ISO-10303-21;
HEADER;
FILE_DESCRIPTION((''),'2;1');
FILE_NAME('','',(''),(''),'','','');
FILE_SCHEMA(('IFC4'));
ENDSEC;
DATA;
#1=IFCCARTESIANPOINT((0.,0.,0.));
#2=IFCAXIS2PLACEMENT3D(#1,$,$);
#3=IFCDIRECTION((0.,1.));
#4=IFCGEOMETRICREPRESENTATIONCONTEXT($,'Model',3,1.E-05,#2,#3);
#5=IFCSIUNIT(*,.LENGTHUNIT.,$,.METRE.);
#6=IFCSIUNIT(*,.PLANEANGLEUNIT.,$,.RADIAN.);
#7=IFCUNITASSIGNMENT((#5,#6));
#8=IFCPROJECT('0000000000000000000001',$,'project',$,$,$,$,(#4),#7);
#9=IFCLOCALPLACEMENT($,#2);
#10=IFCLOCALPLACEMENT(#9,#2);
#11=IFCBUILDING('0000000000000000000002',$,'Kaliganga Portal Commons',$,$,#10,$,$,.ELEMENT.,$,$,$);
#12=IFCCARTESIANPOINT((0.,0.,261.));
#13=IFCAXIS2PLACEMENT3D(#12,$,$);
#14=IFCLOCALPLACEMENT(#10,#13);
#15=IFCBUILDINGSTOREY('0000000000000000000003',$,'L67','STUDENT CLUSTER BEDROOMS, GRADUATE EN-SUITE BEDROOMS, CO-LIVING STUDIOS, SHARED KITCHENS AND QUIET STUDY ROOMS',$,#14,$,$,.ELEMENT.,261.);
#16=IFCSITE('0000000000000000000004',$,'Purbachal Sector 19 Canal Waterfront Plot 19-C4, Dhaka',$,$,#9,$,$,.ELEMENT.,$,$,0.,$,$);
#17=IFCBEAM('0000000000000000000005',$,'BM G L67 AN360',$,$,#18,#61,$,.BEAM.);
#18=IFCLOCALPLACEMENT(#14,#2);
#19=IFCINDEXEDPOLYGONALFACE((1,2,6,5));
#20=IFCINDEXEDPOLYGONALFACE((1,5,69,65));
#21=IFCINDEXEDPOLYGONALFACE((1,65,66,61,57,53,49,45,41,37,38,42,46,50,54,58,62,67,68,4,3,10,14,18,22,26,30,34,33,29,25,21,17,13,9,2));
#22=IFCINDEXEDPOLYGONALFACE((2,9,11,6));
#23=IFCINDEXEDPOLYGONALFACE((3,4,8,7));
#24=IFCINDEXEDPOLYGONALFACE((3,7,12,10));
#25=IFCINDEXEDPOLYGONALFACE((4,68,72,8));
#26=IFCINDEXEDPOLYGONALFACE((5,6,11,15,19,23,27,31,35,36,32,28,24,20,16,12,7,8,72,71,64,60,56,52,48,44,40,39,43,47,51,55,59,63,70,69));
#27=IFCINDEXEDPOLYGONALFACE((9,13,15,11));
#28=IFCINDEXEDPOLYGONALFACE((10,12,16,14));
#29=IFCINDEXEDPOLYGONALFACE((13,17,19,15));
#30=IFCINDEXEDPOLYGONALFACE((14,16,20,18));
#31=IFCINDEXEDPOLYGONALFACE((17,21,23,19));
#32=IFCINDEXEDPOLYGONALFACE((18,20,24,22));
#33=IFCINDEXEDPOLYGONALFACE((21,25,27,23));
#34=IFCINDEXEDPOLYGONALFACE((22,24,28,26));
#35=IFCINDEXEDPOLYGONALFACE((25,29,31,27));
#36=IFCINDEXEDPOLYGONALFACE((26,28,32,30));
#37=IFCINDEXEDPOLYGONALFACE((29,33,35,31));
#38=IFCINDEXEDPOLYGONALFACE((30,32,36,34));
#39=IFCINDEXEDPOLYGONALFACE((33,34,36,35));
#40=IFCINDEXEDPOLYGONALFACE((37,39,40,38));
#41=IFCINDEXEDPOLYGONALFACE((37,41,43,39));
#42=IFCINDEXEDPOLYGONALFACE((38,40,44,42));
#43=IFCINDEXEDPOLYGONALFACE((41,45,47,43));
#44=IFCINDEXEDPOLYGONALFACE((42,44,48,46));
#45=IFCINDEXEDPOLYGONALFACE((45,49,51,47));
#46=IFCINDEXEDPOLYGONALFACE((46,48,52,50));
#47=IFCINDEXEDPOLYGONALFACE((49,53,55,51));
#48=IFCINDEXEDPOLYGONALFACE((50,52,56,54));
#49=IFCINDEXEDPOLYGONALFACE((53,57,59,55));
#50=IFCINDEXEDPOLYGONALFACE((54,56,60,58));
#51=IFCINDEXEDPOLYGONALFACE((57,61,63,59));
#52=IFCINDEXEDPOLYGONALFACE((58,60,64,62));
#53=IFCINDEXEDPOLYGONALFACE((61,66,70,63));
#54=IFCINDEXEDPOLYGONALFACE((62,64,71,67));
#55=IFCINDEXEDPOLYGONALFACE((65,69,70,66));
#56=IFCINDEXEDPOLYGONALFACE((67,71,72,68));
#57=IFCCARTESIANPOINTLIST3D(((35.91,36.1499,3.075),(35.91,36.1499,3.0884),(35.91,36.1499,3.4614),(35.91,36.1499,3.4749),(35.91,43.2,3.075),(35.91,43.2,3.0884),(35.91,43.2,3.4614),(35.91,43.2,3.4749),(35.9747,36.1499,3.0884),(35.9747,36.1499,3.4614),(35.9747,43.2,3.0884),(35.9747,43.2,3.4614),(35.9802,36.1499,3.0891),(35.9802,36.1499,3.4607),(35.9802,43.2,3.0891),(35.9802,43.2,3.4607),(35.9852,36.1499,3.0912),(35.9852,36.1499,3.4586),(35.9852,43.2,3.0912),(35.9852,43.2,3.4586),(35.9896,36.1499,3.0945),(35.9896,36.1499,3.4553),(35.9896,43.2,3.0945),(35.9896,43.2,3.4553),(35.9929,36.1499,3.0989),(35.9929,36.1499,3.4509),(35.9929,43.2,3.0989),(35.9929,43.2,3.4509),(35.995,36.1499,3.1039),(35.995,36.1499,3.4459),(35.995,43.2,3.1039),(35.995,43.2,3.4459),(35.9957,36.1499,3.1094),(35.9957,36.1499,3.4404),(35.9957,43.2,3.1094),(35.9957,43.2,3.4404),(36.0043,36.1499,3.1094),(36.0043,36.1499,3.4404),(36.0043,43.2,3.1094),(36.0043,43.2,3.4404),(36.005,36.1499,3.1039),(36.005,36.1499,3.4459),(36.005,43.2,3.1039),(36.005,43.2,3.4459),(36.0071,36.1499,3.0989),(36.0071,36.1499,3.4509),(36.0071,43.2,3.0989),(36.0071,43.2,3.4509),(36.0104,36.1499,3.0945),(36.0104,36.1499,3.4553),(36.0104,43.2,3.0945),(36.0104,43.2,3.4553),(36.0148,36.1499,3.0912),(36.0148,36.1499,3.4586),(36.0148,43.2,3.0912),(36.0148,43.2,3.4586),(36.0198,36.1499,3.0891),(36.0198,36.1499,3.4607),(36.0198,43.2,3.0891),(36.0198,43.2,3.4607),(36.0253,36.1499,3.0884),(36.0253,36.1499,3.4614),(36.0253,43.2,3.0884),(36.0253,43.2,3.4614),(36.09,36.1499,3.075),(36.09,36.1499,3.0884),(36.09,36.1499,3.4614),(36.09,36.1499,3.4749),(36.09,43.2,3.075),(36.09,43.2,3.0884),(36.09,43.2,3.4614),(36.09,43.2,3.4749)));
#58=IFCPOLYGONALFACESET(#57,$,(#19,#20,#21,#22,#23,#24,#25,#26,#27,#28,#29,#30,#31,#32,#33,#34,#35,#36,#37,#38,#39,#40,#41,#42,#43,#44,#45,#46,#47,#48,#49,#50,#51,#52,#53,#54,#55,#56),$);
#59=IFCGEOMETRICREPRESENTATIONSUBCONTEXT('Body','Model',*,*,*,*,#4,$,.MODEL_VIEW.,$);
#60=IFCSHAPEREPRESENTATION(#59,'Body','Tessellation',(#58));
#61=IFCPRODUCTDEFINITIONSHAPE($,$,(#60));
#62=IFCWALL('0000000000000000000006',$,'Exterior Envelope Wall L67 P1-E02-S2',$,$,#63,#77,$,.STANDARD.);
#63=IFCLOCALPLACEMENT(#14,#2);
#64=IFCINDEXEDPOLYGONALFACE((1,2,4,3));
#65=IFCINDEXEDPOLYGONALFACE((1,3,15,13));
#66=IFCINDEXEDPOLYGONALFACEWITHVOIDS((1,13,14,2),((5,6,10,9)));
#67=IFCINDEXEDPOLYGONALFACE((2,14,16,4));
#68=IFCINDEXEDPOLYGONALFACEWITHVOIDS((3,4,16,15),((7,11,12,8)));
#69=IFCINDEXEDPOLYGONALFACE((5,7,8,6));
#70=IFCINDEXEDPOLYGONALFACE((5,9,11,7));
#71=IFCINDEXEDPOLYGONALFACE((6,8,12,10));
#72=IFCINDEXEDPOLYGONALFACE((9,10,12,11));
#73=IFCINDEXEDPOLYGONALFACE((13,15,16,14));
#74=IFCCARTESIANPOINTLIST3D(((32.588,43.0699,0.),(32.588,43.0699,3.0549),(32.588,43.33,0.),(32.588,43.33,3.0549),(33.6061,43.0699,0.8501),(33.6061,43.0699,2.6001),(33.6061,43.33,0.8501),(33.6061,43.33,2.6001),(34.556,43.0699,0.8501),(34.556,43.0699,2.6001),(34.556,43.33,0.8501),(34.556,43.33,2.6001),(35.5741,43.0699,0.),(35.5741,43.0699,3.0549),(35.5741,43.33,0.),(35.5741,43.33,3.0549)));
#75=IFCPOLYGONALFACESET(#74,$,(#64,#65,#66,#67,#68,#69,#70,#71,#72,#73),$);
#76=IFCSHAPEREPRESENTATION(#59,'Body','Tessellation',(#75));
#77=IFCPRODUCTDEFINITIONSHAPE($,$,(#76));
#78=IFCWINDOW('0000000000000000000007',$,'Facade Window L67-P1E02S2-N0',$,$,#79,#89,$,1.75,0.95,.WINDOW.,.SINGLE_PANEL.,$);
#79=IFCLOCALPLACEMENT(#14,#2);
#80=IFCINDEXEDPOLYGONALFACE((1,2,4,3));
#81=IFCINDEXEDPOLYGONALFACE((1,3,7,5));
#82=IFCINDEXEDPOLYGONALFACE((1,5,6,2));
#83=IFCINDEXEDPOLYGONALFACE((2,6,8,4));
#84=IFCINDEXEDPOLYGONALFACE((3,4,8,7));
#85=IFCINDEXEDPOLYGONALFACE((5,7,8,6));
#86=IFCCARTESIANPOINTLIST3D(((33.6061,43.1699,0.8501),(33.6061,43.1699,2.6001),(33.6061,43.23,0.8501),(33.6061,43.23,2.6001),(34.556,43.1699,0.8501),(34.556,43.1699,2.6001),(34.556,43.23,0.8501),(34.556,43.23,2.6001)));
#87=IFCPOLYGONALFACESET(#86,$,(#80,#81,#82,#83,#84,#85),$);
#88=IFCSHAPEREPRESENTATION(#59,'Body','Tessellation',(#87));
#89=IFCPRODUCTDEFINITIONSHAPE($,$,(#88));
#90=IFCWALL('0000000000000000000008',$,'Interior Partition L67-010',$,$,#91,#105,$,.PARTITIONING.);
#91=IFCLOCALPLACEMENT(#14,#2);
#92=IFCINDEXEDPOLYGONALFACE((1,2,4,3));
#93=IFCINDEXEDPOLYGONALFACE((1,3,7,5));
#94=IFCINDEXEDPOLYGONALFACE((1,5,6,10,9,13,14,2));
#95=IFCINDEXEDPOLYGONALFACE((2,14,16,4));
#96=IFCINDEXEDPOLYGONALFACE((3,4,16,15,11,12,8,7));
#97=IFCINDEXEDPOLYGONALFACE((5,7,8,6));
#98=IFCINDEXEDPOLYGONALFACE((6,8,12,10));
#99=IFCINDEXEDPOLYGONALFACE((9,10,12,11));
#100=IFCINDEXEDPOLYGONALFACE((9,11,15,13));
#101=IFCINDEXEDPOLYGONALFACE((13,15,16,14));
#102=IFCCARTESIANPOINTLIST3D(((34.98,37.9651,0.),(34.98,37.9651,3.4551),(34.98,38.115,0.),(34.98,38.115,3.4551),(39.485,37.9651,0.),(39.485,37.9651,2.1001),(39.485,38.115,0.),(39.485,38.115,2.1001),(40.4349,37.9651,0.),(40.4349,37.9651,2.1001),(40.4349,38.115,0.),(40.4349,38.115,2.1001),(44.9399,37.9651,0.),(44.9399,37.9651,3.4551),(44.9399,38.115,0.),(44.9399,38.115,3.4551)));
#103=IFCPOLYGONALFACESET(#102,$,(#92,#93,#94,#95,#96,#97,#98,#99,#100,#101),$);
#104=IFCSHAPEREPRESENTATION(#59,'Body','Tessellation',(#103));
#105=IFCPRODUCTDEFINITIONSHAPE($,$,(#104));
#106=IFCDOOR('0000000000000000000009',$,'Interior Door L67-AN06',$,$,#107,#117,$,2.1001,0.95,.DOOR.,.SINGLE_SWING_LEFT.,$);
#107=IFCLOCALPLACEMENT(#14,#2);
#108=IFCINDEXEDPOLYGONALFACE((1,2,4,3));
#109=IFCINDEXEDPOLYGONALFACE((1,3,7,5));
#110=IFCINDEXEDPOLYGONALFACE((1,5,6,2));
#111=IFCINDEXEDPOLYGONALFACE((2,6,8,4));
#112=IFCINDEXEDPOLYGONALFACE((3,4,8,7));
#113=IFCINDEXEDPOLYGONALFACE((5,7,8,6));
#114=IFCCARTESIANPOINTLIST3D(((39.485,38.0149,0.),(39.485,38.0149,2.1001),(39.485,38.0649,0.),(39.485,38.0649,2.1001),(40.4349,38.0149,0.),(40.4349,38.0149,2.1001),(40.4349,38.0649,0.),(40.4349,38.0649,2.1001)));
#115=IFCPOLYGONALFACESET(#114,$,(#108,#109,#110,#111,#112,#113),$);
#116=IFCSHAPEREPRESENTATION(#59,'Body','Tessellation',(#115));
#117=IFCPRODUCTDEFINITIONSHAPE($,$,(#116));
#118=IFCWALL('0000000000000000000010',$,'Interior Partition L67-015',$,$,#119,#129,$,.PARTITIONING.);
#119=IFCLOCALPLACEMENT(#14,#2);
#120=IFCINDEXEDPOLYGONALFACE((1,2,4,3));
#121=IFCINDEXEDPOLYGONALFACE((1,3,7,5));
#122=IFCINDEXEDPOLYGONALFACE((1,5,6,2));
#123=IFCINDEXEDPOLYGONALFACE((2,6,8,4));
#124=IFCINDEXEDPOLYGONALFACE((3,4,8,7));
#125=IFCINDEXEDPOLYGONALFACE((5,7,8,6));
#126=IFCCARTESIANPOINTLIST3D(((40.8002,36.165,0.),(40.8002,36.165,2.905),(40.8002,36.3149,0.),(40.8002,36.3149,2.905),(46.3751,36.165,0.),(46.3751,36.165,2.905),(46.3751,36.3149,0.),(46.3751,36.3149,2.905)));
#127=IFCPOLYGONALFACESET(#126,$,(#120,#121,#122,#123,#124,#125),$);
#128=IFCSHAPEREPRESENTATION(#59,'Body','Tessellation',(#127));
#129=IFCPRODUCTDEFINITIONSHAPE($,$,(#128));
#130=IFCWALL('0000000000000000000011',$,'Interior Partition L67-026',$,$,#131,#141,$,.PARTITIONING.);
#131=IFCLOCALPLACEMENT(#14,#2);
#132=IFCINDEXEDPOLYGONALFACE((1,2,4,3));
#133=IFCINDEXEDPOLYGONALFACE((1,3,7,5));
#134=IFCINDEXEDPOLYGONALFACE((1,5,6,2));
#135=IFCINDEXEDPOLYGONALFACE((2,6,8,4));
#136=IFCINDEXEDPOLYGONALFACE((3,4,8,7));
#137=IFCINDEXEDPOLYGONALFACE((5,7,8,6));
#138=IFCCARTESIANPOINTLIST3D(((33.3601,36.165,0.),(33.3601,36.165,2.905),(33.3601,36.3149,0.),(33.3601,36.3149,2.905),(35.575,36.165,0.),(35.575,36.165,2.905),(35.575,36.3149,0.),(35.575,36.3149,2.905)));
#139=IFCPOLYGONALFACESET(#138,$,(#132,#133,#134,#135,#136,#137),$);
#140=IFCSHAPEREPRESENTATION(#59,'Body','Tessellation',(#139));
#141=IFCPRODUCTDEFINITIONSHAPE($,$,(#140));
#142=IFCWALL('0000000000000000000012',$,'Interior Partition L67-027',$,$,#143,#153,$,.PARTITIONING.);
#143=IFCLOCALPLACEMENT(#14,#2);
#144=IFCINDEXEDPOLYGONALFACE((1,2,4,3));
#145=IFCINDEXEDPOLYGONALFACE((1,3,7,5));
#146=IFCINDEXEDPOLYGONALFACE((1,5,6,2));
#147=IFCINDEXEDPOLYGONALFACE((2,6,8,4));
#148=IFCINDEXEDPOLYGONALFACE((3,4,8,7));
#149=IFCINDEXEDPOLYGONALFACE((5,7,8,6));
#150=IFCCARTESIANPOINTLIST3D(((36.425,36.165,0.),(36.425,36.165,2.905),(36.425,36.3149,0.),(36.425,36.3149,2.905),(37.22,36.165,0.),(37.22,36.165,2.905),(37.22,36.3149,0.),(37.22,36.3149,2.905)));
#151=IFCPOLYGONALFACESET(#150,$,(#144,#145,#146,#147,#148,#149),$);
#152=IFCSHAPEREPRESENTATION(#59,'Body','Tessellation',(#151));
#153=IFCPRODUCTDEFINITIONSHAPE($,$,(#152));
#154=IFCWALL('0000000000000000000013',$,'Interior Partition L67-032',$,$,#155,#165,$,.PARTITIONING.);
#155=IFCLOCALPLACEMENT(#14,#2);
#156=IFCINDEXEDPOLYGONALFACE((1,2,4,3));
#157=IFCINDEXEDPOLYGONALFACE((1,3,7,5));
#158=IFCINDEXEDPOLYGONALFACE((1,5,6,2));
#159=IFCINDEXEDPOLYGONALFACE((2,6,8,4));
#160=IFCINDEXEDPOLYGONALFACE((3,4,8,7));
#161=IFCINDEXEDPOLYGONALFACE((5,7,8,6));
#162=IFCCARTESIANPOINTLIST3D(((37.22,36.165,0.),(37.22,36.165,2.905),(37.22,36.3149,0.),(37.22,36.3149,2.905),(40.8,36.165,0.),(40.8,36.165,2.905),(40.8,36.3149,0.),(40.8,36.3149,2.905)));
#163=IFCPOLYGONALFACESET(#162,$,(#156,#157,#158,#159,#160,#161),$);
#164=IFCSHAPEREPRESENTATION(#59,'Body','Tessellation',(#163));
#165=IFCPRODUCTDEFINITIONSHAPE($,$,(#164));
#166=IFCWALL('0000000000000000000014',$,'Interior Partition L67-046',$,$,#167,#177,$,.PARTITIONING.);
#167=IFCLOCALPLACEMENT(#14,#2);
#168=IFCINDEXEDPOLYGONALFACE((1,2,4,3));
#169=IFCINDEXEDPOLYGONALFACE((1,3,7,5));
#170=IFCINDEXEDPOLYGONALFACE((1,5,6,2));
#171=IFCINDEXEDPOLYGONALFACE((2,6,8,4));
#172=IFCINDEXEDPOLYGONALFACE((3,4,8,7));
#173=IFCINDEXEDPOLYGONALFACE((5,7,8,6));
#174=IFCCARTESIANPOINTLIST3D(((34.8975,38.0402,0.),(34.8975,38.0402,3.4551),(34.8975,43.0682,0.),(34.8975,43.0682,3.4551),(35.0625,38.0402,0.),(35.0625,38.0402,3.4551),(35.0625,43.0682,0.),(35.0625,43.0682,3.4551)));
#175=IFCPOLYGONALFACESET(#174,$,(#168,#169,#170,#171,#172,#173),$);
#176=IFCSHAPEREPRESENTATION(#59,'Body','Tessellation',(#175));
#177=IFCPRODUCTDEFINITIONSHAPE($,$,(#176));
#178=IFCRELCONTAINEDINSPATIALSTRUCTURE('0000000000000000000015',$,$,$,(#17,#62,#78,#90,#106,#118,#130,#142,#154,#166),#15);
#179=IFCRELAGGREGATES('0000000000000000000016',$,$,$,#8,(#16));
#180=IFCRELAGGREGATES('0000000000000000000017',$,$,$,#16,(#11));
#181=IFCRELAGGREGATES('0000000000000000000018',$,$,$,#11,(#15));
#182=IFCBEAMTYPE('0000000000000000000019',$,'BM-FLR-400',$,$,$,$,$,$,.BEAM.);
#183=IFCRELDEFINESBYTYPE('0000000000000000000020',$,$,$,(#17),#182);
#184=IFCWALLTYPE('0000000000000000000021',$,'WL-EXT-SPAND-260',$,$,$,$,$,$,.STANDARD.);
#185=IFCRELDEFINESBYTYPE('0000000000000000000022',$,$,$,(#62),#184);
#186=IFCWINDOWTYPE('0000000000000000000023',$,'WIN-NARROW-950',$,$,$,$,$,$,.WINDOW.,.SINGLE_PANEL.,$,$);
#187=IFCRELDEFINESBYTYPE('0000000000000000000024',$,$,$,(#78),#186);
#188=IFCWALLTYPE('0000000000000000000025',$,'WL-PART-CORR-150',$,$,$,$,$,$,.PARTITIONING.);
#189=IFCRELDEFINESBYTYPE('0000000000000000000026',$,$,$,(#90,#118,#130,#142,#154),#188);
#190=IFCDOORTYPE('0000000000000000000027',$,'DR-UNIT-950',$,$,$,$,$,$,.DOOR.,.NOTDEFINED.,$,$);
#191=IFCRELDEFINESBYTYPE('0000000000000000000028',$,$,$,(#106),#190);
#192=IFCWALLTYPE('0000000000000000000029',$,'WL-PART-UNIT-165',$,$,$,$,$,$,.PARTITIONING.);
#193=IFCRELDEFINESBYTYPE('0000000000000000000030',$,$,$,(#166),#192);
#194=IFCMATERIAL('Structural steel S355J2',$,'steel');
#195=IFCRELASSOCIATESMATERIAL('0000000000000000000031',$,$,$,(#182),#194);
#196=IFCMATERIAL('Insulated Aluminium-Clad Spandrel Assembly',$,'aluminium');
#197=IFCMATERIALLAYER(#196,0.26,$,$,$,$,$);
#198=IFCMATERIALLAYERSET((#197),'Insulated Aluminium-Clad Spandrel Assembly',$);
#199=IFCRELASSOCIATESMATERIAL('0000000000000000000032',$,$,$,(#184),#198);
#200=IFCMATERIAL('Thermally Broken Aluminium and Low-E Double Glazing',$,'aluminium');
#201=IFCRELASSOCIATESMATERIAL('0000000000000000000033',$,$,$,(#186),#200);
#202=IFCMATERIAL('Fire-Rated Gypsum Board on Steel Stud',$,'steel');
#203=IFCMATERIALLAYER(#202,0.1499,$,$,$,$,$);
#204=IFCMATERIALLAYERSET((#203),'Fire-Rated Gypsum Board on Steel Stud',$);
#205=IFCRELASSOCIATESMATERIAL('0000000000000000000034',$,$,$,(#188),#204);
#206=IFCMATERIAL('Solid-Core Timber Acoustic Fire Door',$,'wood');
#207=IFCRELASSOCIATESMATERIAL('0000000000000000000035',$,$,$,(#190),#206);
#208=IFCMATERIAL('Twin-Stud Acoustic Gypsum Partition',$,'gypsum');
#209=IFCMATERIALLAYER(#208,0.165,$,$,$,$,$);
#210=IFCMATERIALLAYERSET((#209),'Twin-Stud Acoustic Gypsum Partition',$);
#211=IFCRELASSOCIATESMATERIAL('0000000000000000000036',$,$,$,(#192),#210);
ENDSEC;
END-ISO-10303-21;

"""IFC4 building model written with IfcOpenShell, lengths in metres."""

from ifc_helpers import new_model, si_unit, direction, frame, frame_2d, origin, origin_2d, place, context, subcontext, project, spatial, rectangle, i_section, extrude, source, transform, mapped, material, layer, layer_set, material_profile, profile_set, type_object, element, fill, save


model = new_model("IFC4")

# Units and contexts
model_context = context("Model", 3, precision=1e-05, world=origin(), true_north=direction((0.0, 1.0)))
body_context = subcontext(model_context, "Body", "Model", "MODEL_VIEW")
ifc_project = project(units=[si_unit("LENGTHUNIT", "METRE"), si_unit("PLANEANGLEUNIT", "RADIAN")], contexts=[model_context])

# Site, building, storey
site_placement = place(None, origin())
site = spatial("IfcSite", under=ifc_project, at=site_placement, Name="Purbachal Sector 19 Canal Waterfront Plot 19-C4, Dhaka", CompositionType="ELEMENT", RefElevation=0.0)
building_placement = place(site_placement, origin())
building = spatial("IfcBuilding", under=site, at=building_placement, Name="Kaliganga Portal Commons", CompositionType="ELEMENT")
storey_placement = place(building_placement, frame((0.0, 0.0, 261.0)))
storey = spatial("IfcBuildingStorey", under=building, at=storey_placement, Name="L67", Description="STUDENT CLUSTER BEDROOMS, GRADUATE EN-SUITE BEDROOMS, CO-LIVING STUDIOS, SHARED KITCHENS AND QUIET STUDY ROOMS", CompositionType="ELEMENT", Elevation=261.0)

# Beam
ifc_material_1 = material(Name="Structural steel S355J2", Category="steel")
ifc_material_profile_1 = material_profile(ifc_material_1, i_section(OverallWidth=0.1799, OverallDepth=0.3999, WebThickness=0.0085, FlangeThickness=0.0134, FilletRadius=0.021, at=origin_2d()), Name="IPE 400")
ifc_profile_set_1 = profile_set([ifc_material_profile_1], Name="Structural steel S355J2 wide-flange")
beam_type_1 = type_object("IfcBeamType", Name="BM-FLR-400", PredefinedType="BEAM", material=ifc_profile_set_1)
shared_shape_1 = source(origin(), body_context, "Body", "SweptSolid", [
    extrude(i_section(OverallWidth=0.1799, OverallDepth=0.3999, WebThickness=0.0085, FlangeThickness=0.0134, FilletRadius=0.021, at=origin_2d()), origin(), (0.0, 0.0, 1.0), 7.05),
])
beam_1_placement = place(storey_placement, frame((36.0, 36.1499, 3.2749), z_axis=(0.0, 1.0, 0.0), x_axis=(-1.0, 0.0, 0.0)))
element("IfcBeam", 1, at=beam_1_placement, inside=storey, type_object=beam_type_1, Name="BM G L67 AN360", PredefinedType="BEAM", context=body_context, shape_type="MappedRepresentation", body=[
    mapped(shared_shape_1, transform((0.0, 0.0, 0.0), x_axis=(1.0, 0.0, 0.0), y_axis=(0.0, 1.0, 0.0), z_axis=(0.0, 0.0, 1.0), scale=1.0)),
])

# Shared definitions
ifc_material_2 = material(Name="Insulated Aluminium-Clad Spandrel Assembly", Category="aluminium")
ifc_layer_1 = layer(ifc_material_2, 0.26)
ifc_layer_set_1 = layer_set([ifc_layer_1], Name="Insulated Aluminium-Clad Spandrel Assembly")
wall_type_1 = type_object("IfcWallType", Name="WL-EXT-SPAND-260", PredefinedType="STANDARD", material=ifc_layer_set_1)
ifc_material_3 = material(Name="Thermally Broken Aluminium and Low-E Double Glazing", Category="aluminium")

# Wall, opening, window
wall_1_placement = place(storey_placement, frame((32.5879, 43.2, 0.0), z_axis=(0.0, 0.0, 1.0), x_axis=(1.0, 0.0, 0.0)))
wall_1 = element("IfcWall", 2, at=wall_1_placement, inside=storey, type_object=wall_type_1, Name="Exterior Envelope Wall L67 P1-E02-S2", PredefinedType="STANDARD", context=body_context, shape_type="SweptSolid", body=[
    extrude(rectangle(XDim=2.9861, YDim=0.26, at=frame_2d((1.4932, 0.0))), origin(), (0.0, 0.0, 1.0), 3.0549),
])
opening_1_placement = place(wall_1_placement, frame((1.0181, 0.0, 0.8501)))
opening_1 = element("IfcOpeningElement", 3, at=opening_1_placement, cuts=wall_1, PredefinedType="OPENING", context=body_context, shape_type="SweptSolid", body=[
    extrude(rectangle(XDim=0.95, YDim=1.75, at=frame_2d((0.4751, 0.875))), frame((0.0, 0.1401, 0.0), z_axis=(0.0, -1.0, 0.0), x_axis=(1.0, 0.0, 0.0)), (0.0, 0.0, 1.0), 0.28),
])
window_type_1 = type_object("IfcWindowType", Name="WIN-NARROW-950", PartitioningType="SINGLE_PANEL", PredefinedType="WINDOW", material=ifc_material_3)
window_1_placement = place(opening_1_placement, origin())
window_1 = element("IfcWindow", 4, at=window_1_placement, inside=storey, type_object=window_type_1, Name="Facade Window L67-P1E02S2-N0", OverallHeight=1.75, OverallWidth=0.95, PartitioningType="SINGLE_PANEL", PredefinedType="WINDOW", context=body_context, shape_type="SweptSolid", body=[
    extrude(rectangle(XDim=0.95, YDim=1.75, at=frame_2d((0.4751, 0.875))), frame((0.0, 0.03, 0.0), z_axis=(0.0, -1.0, 0.0), x_axis=(1.0, 0.0, 0.0)), (0.0, 0.0, 1.0), 0.0601),
])
fill(opening_1, window_1)

# Wall, opening, door
ifc_material_4 = material(Name="Fire-Rated Gypsum Board on Steel Stud", Category="steel")
ifc_layer_2 = layer(ifc_material_4, 0.1499)
ifc_layer_set_2 = layer_set([ifc_layer_2], Name="Fire-Rated Gypsum Board on Steel Stud")
wall_type_2 = type_object("IfcWallType", Name="WL-PART-CORR-150", PredefinedType="PARTITIONING", material=ifc_layer_set_2)
wall_2_placement = place(storey_placement, frame((34.98, 38.04, 0.0), z_axis=(0.0, 0.0, 1.0), x_axis=(1.0, 0.0, 0.0)))
wall_2 = element("IfcWall", 5, at=wall_2_placement, inside=storey, type_object=wall_type_2, Name="Interior Partition L67-010", PredefinedType="PARTITIONING", context=body_context, shape_type="SweptSolid", body=[
    extrude(rectangle(XDim=9.96, YDim=0.1499, at=frame_2d((4.98, 0.0))), origin(), (0.0, 0.0, 1.0), 3.4551),
])
opening_2_placement = place(wall_2_placement, frame((4.5049, 0.0, 0.0)))
opening_2 = element("IfcOpeningElement", 6, at=opening_2_placement, cuts=wall_2, PredefinedType="OPENING", context=body_context, shape_type="SweptSolid", body=[
    extrude(rectangle(XDim=0.95, YDim=2.1001, at=frame_2d((0.4751, 1.05))), frame((0.0, 0.085, 0.0), z_axis=(0.0, -1.0, 0.0), x_axis=(1.0, 0.0, 0.0)), (0.0, 0.0, 1.0), 0.1699),
])
ifc_material_5 = material(Name="Solid-Core Timber Acoustic Fire Door", Category="wood")
door_type_1 = type_object("IfcDoorType", Name="DR-UNIT-950", OperationType="NOTDEFINED", PredefinedType="DOOR", material=ifc_material_5)
door_1_placement = place(opening_2_placement, origin())
door_1 = element("IfcDoor", 7, at=door_1_placement, inside=storey, type_object=door_type_1, Name="Interior Door L67-AN06", OperationType="SINGLE_SWING_LEFT", OverallHeight=2.1001, OverallWidth=0.95, PredefinedType="DOOR", context=body_context, shape_type="SweptSolid", body=[
    extrude(rectangle(XDim=0.95, YDim=2.1001, at=frame_2d((0.4751, 1.05))), frame((0.0, 0.0249, 0.0), z_axis=(0.0, -1.0, 0.0), x_axis=(1.0, 0.0, 0.0)), (0.0, 0.0, 1.0), 0.05),
])
fill(opening_2, door_1)

# Walls
wall_3_placement = place(storey_placement, frame((40.8, 36.24, 0.0), z_axis=(0.0, 0.0, 1.0), x_axis=(1.0, 0.0, 0.0)))
element("IfcWall", 8, at=wall_3_placement, inside=storey, type_object=wall_type_2, Name="Interior Partition L67-015", PredefinedType="PARTITIONING", context=body_context, shape_type="SweptSolid", body=[
    extrude(rectangle(XDim=5.575, YDim=0.1499, at=frame_2d((2.7876, 0.0))), origin(), (0.0, 0.0, 1.0), 2.905),
])
wall_4_placement = place(storey_placement, frame((33.3601, 36.24, 0.0), z_axis=(0.0, 0.0, 1.0), x_axis=(1.0, 0.0, 0.0)))
element("IfcWall", 9, at=wall_4_placement, inside=storey, type_object=wall_type_2, Name="Interior Partition L67-026", PredefinedType="PARTITIONING", context=body_context, shape_type="SweptSolid", body=[
    extrude(rectangle(XDim=2.2148, YDim=0.1499, at=frame_2d((1.1074, 0.0))), origin(), (0.0, 0.0, 1.0), 2.905),
])
wall_5_placement = place(storey_placement, frame((36.425, 36.24, 0.0), z_axis=(0.0, 0.0, 1.0), x_axis=(1.0, 0.0, 0.0)))
element("IfcWall", 10, at=wall_5_placement, inside=storey, type_object=wall_type_2, Name="Interior Partition L67-027", PredefinedType="PARTITIONING", context=body_context, shape_type="SweptSolid", body=[
    extrude(rectangle(XDim=0.7949, YDim=0.1499, at=frame_2d((0.3975, 0.0))), origin(), (0.0, 0.0, 1.0), 2.905),
])
wall_6_placement = place(storey_placement, frame((37.22, 36.24, 0.0), z_axis=(0.0, 0.0, 1.0), x_axis=(1.0, 0.0, 0.0)))
element("IfcWall", 11, at=wall_6_placement, inside=storey, type_object=wall_type_2, Name="Interior Partition L67-032", PredefinedType="PARTITIONING", context=body_context, shape_type="SweptSolid", body=[
    extrude(rectangle(XDim=3.5801, YDim=0.1499, at=frame_2d((1.79, 0.0))), origin(), (0.0, 0.0, 1.0), 2.905),
])
ifc_material_6 = material(Name="Twin-Stud Acoustic Gypsum Partition", Category="gypsum")
ifc_layer_3 = layer(ifc_material_6, 0.165)
ifc_layer_set_3 = layer_set([ifc_layer_3], Name="Twin-Stud Acoustic Gypsum Partition")
wall_type_3 = type_object("IfcWallType", Name="WL-PART-UNIT-165", PredefinedType="PARTITIONING", material=ifc_layer_set_3)
wall_7_placement = place(storey_placement, frame((34.98, 38.04, 0.0), z_axis=(0.0, 0.0, 1.0), x_axis=(0.0, 1.0, 0.0)))
element("IfcWall", 12, at=wall_7_placement, inside=storey, type_object=wall_type_3, Name="Interior Partition L67-046", PredefinedType="PARTITIONING", context=body_context, shape_type="SweptSolid", body=[
    extrude(rectangle(XDim=5.0281, YDim=0.165, at=frame_2d((2.5142, 0.0))), origin(), (0.0, 0.0, 1.0), 3.4551),
])

save(model, "model.ifc")
